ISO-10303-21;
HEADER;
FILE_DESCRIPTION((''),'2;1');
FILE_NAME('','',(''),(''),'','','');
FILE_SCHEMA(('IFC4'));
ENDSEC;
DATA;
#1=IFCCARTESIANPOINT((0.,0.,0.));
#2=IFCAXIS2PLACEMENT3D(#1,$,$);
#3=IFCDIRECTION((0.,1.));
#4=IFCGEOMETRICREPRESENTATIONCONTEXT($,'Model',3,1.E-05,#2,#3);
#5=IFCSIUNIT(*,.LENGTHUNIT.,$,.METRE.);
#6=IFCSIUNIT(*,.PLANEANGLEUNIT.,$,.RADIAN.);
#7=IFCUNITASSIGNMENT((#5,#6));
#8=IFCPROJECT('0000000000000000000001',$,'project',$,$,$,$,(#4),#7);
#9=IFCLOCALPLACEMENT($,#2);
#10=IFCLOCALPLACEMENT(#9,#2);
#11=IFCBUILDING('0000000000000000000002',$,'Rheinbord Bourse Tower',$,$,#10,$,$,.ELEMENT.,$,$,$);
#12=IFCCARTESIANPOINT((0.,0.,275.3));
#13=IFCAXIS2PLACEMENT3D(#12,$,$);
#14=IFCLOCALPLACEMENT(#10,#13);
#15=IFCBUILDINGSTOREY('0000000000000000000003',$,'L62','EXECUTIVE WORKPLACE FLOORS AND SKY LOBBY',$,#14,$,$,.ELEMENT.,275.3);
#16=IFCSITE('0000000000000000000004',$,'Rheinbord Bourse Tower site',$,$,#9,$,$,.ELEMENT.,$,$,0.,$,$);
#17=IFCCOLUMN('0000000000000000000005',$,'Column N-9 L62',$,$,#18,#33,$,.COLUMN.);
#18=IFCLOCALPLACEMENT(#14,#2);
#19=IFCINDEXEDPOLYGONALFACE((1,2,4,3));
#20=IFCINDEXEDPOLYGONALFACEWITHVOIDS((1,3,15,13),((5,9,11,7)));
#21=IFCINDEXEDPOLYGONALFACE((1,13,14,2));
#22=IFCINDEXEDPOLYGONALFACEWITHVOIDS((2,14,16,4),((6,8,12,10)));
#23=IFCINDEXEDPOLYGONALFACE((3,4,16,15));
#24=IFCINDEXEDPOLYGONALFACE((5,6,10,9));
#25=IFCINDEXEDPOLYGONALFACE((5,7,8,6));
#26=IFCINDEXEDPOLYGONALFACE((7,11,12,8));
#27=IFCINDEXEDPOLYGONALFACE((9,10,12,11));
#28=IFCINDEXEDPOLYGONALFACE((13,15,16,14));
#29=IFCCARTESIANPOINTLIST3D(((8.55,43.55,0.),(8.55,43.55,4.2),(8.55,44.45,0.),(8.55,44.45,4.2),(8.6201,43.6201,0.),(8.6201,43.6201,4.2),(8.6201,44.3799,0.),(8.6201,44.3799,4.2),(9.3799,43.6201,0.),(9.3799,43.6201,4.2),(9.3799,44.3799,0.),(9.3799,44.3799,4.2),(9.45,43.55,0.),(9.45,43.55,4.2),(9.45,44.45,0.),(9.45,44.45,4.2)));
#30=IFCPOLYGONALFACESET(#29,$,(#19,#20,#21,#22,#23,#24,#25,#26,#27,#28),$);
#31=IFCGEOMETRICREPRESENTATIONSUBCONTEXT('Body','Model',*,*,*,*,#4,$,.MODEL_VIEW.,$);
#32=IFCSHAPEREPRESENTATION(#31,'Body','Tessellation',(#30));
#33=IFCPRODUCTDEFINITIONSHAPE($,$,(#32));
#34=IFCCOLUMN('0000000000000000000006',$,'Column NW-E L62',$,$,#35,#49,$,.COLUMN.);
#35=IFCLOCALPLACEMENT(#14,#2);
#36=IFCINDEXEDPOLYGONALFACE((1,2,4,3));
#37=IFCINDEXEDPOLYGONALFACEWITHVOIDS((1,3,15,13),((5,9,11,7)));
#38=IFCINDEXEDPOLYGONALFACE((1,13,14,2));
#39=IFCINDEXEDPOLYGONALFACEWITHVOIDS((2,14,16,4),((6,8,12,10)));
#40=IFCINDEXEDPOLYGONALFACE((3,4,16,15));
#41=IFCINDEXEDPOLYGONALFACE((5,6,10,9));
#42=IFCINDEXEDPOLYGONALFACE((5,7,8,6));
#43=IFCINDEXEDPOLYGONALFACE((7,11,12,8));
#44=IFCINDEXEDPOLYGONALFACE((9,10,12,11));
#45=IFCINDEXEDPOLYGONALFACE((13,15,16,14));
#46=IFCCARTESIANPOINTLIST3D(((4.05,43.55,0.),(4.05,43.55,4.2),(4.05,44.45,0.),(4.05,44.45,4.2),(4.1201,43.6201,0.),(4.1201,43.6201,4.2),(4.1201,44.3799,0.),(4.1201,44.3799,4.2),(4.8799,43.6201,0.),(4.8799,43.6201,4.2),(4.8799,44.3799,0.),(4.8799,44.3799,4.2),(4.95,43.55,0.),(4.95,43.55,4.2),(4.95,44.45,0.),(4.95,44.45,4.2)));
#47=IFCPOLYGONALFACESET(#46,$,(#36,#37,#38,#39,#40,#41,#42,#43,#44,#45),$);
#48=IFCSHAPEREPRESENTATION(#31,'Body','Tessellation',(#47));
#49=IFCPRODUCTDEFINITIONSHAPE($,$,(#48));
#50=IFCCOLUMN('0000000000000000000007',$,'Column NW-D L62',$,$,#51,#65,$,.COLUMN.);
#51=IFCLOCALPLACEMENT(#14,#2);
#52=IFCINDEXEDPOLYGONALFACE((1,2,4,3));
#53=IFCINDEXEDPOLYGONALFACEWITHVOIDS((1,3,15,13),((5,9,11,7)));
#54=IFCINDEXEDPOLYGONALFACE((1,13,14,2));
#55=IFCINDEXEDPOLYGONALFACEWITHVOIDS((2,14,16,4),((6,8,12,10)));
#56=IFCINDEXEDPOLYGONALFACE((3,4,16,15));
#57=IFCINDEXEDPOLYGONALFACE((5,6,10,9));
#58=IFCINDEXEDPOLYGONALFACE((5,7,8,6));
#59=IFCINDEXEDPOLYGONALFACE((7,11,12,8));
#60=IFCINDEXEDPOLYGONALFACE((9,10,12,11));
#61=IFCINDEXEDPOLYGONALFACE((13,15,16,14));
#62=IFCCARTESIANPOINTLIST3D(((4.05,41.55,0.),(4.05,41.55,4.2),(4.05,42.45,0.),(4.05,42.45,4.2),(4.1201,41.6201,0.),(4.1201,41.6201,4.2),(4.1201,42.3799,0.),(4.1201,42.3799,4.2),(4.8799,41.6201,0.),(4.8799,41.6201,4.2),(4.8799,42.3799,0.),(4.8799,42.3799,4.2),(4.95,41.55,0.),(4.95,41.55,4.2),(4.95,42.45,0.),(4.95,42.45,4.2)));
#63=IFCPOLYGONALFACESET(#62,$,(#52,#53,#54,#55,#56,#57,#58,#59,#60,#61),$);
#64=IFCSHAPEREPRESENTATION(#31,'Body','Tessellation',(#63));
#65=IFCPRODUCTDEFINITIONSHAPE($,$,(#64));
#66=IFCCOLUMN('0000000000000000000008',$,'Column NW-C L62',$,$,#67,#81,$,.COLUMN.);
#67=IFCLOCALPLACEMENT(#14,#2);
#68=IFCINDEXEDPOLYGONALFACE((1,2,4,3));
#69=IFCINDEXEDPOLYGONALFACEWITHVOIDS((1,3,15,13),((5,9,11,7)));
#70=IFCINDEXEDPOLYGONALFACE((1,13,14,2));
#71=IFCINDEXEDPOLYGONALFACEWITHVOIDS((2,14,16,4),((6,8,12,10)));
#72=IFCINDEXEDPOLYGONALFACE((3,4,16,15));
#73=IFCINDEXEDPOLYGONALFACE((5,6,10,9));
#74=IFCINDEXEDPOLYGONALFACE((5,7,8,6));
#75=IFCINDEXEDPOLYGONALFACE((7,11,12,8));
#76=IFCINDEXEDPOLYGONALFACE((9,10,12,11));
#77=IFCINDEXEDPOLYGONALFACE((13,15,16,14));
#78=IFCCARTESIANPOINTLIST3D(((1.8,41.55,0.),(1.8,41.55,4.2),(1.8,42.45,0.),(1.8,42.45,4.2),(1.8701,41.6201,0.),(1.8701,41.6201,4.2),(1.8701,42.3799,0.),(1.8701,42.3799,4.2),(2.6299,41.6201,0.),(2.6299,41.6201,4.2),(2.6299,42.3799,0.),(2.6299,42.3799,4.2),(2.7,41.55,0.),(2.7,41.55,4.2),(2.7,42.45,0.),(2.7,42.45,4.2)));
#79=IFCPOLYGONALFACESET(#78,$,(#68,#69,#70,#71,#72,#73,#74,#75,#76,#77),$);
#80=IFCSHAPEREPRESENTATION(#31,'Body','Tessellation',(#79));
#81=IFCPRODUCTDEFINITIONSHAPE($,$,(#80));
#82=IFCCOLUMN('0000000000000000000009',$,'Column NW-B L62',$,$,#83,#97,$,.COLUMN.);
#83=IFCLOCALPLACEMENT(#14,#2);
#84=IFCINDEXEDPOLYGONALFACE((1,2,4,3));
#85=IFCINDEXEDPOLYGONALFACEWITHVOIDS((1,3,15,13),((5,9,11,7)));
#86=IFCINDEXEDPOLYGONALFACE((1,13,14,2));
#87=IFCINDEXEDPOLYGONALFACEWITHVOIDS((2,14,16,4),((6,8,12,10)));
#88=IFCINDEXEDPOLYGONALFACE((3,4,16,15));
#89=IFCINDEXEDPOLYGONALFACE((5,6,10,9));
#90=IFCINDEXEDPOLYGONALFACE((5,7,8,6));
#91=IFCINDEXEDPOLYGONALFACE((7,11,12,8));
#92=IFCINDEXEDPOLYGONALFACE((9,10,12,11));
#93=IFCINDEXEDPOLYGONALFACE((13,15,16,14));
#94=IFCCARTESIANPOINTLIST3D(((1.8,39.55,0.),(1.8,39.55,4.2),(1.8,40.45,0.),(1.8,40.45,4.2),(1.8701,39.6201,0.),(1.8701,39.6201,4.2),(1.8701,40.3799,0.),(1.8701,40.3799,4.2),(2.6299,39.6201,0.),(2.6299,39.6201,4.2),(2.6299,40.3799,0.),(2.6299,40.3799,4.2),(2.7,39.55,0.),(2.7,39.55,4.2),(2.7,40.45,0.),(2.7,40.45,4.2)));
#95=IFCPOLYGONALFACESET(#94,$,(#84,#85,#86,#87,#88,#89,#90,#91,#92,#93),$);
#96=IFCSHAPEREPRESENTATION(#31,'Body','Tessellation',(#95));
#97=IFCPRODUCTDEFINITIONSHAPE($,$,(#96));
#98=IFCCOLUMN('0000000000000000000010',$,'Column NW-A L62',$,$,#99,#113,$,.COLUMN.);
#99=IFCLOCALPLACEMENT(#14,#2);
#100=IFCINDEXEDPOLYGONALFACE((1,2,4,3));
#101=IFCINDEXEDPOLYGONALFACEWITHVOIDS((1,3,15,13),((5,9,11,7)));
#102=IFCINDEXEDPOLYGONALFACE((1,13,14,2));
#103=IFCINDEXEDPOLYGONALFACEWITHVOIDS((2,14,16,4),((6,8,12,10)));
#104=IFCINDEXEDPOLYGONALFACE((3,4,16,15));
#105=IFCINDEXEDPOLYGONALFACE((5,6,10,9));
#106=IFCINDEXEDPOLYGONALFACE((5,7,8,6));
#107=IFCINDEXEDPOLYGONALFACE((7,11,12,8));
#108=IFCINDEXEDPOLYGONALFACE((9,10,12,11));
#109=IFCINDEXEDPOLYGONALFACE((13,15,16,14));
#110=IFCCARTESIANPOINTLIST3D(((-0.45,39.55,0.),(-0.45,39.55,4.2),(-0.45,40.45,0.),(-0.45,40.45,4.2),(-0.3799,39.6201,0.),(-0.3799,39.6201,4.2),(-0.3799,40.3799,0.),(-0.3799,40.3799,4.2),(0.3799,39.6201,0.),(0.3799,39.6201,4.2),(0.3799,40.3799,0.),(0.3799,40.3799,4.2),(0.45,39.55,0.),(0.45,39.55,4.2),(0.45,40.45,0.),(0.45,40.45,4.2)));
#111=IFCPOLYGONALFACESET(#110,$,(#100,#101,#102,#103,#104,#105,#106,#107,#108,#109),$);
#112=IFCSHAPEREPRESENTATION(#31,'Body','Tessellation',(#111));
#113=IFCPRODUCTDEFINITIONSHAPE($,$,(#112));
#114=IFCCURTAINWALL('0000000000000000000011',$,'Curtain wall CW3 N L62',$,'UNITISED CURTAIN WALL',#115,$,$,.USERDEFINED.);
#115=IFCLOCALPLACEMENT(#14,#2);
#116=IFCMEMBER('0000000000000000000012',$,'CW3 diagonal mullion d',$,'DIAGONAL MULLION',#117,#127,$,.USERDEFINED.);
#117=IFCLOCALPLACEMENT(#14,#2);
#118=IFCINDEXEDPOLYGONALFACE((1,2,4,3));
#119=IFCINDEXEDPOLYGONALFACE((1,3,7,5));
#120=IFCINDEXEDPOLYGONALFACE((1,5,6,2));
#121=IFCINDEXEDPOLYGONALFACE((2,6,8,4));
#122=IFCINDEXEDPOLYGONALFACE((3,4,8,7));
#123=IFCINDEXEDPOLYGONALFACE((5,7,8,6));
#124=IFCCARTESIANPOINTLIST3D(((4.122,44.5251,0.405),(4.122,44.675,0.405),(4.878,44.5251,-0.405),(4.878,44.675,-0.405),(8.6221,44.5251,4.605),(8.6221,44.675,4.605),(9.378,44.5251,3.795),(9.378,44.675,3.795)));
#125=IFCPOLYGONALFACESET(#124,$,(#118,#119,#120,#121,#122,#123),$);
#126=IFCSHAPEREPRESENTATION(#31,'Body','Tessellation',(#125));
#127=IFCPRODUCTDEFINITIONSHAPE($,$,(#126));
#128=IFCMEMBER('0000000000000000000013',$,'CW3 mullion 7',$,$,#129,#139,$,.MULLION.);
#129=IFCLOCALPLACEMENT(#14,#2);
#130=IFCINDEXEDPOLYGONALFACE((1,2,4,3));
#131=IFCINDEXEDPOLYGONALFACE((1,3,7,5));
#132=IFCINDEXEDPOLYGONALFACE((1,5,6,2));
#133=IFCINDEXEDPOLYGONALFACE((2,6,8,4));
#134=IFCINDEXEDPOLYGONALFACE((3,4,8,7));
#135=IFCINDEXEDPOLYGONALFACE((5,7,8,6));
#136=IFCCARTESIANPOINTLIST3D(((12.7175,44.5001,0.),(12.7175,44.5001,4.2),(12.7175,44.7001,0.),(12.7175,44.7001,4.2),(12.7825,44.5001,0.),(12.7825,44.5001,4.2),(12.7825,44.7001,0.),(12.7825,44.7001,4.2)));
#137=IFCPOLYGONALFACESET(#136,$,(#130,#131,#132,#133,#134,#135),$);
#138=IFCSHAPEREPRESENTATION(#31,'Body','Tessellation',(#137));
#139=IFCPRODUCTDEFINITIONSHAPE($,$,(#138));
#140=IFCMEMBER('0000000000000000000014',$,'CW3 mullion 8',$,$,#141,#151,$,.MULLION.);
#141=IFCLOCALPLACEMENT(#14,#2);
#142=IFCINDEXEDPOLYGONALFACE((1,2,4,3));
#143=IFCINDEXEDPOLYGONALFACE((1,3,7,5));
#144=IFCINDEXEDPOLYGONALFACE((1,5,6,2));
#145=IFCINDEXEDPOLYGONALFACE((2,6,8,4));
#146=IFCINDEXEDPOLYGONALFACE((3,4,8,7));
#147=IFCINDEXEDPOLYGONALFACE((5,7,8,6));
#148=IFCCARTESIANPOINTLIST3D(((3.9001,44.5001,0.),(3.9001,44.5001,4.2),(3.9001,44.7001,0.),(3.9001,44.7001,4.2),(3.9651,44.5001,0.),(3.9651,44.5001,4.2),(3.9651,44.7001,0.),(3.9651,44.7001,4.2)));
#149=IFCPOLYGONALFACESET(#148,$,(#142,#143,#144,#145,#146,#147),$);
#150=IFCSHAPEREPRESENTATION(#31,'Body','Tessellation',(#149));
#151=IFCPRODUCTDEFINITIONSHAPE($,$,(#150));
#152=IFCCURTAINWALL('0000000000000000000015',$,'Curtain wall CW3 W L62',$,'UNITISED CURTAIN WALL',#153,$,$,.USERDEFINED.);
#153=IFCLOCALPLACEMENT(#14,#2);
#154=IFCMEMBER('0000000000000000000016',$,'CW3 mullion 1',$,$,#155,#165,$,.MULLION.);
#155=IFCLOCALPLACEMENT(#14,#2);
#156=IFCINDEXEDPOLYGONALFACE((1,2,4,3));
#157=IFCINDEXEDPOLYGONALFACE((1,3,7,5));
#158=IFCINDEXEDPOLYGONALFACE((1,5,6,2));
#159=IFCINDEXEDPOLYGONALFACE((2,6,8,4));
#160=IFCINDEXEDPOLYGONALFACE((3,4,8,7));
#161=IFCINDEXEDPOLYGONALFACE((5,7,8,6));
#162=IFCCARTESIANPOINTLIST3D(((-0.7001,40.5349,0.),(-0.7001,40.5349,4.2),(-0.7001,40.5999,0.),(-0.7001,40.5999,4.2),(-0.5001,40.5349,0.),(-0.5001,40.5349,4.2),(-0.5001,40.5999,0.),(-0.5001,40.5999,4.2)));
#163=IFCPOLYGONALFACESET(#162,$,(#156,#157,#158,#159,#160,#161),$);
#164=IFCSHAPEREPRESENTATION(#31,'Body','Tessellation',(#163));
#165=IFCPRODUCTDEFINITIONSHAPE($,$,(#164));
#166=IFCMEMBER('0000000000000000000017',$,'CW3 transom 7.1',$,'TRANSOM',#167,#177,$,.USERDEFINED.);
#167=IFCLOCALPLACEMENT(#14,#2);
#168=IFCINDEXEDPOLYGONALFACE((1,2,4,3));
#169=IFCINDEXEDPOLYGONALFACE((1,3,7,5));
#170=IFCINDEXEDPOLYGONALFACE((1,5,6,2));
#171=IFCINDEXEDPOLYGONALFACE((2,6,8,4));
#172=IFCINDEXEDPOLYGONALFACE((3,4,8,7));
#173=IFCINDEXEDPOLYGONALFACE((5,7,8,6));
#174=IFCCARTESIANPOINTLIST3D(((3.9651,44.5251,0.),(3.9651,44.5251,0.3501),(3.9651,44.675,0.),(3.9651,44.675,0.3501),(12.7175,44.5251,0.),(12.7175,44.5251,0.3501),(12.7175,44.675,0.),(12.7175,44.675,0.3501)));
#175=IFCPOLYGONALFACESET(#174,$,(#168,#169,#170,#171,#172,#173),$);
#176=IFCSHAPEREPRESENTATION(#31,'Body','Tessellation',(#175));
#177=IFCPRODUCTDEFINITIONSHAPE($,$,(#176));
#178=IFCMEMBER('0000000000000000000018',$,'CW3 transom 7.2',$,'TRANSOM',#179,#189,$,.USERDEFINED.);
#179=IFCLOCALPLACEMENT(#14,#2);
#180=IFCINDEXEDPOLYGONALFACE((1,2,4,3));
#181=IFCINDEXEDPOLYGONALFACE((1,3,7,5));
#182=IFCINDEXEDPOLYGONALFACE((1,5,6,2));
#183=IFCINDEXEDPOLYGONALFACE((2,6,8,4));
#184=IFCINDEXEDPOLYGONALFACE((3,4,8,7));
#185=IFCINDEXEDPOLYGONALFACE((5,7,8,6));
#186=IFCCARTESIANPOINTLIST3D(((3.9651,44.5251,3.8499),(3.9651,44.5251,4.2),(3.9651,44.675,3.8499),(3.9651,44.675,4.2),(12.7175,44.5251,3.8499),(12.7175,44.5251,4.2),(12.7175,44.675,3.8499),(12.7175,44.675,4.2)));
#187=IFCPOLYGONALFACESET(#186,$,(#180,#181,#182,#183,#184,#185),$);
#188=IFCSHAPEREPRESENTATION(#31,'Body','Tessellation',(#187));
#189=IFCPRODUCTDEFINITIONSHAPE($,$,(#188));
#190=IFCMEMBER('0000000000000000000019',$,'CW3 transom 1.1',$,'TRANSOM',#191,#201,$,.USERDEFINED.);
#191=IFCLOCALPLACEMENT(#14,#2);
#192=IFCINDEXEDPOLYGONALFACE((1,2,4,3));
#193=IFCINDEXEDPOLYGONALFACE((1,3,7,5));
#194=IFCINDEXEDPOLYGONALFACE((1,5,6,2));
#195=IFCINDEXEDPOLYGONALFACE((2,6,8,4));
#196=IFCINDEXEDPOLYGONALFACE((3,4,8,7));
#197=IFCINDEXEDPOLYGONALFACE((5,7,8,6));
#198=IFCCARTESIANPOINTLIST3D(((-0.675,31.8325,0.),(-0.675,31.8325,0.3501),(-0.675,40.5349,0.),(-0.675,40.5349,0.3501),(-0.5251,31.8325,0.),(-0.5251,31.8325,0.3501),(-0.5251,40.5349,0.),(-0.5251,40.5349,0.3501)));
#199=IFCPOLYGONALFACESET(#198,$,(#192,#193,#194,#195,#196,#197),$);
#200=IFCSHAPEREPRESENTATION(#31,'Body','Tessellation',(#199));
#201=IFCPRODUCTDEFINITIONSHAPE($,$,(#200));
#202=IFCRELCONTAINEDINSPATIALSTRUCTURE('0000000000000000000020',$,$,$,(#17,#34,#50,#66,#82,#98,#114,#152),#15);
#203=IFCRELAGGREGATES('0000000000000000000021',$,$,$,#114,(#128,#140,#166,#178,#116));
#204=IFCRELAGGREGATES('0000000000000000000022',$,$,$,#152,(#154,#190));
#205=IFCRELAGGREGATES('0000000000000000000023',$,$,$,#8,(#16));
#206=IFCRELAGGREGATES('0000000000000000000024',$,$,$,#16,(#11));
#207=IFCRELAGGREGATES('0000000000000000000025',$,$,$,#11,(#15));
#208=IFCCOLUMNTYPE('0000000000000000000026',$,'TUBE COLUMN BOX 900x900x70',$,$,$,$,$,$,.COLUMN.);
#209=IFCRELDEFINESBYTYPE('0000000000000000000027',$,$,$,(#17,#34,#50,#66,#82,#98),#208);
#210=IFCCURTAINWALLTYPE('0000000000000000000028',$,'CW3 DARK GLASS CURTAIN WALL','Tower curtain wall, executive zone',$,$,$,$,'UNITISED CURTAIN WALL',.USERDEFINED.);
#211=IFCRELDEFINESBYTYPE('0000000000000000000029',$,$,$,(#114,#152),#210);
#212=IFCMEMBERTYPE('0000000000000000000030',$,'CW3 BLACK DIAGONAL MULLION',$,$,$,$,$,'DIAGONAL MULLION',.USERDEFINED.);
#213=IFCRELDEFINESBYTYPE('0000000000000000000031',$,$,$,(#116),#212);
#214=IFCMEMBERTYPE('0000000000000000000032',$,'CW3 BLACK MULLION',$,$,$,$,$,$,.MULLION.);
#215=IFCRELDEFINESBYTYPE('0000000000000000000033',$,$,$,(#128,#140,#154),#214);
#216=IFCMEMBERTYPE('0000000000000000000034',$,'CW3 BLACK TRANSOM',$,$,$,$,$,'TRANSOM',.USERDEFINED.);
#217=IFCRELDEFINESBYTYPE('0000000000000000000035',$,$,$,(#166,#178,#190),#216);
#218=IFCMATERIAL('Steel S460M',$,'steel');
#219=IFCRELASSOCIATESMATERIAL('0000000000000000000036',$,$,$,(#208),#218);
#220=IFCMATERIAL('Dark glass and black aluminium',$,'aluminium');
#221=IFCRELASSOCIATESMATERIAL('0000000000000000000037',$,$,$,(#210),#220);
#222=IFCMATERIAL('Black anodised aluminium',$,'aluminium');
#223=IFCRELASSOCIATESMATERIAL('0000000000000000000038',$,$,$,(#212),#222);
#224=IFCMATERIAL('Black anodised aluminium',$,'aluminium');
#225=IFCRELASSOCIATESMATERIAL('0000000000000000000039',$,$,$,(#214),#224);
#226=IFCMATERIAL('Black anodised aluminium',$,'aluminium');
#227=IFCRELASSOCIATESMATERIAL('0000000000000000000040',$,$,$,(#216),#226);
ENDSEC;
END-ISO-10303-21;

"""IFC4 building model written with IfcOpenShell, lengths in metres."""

from ifc_helpers import new_model, si_unit, direction, frame, origin, origin_2d, place, context, subcontext, project, spatial, rectangle, hollow_rectangle, extrude, material, material_profile, profile_set, type_object, element, aggregate, save


model = new_model("IFC4")

# Units and contexts
model_context = context("Model", 3, precision=1e-05, world=origin(), true_north=direction((0.0, 1.0)))
body_context = subcontext(model_context, "Body", "Model", "MODEL_VIEW")
ifc_project = project(units=[si_unit("LENGTHUNIT", "METRE"), si_unit("PLANEANGLEUNIT", "RADIAN")], contexts=[model_context])

# Site, building, storey
site_placement = place(None, origin())
site = spatial("IfcSite", under=ifc_project, at=site_placement, Name="Rheinbord Bourse Tower site", CompositionType="ELEMENT", RefElevation=0.0)
building_placement = place(site_placement, origin())
building = spatial("IfcBuilding", under=site, at=building_placement, Name="Rheinbord Bourse Tower", CompositionType="ELEMENT")
storey_placement = place(building_placement, frame((0.0, 0.0, 275.3)))
storey = spatial("IfcBuildingStorey", under=building, at=storey_placement, Name="L62", Description="EXECUTIVE WORKPLACE FLOORS AND SKY LOBBY", CompositionType="ELEMENT", Elevation=275.3)

# Columns
ifc_material_1 = material(Name="Steel S460M", Category="steel")
ifc_material_profile_1 = material_profile(ifc_material_1, hollow_rectangle(XDim=0.8999, YDim=0.8999, WallThickness=0.0701, at=origin_2d()), Name="BOX 900x900x70")
ifc_profile_set_1 = profile_set([ifc_material_profile_1], Name="Steel S460M")
column_type = type_object("IfcColumnType", Name="TUBE COLUMN BOX 900x900x70", PredefinedType="COLUMN", material=ifc_profile_set_1)
for number, where, z_axis, x_axis, name in (
    (1, (9.0, 44.0, 0.0), (0.0, 0.0, 1.0), (0.0, 1.0, 0.0), "Column N-9 L62"),
    (2, (4.5, 44.0, 0.0), (0.0, 0.0, 1.0), (0.0, 1.0, 0.0), "Column NW-E L62"),
    (3, (4.5, 42.0, 0.0), (0.0, 0.0, 1.0), (0.0, 1.0, 0.0), "Column NW-D L62"),
    (4, (2.25, 42.0, 0.0), (0.0, 0.0, 1.0), (1.0, 0.0, 0.0), "Column NW-C L62"),
    (5, (2.25, 40.0, 0.0), (0.0, 0.0, 1.0), (1.0, 0.0, 0.0), "Column NW-B L62"),
    (6, (0.0, 40.0, 0.0), (0.0, 0.0, 1.0), (1.0, 0.0, 0.0), "Column NW-A L62"),
):
    element("IfcColumn", number, at=place(storey_placement, frame(where, z_axis=z_axis, x_axis=x_axis)), inside=storey, type_object=column_type, Name=name, PredefinedType="COLUMN", context=body_context, shape_type="SweptSolid", body=[
        extrude(hollow_rectangle(XDim=0.8999, YDim=0.8999, WallThickness=0.0701, at=origin_2d()), origin(), (0.0, 0.0, 1.0), 4.2),
    ])

# Curtain wall, members
ifc_material_2 = material(Name="Dark glass and black aluminium", Category="aluminium")
curtain_wall_type = type_object("IfcCurtainWallType", Name="CW3 DARK GLASS CURTAIN WALL", Description="Tower curtain wall, executive zone", ElementType="UNITISED CURTAIN WALL", PredefinedType="USERDEFINED", material=ifc_material_2)
curtain_wall_1_placement = place(storey_placement, origin())
curtain_wall_1 = element("IfcCurtainWall", 7, at=curtain_wall_1_placement, inside=storey, type_object=curtain_wall_type, Name="Curtain wall CW3 N L62", ObjectType="UNITISED CURTAIN WALL", PredefinedType="USERDEFINED")
ifc_material_3 = material(Name="Black anodised aluminium", Category="aluminium")
ifc_material_profile_2 = material_profile(ifc_material_3, rectangle(XDim=0.1499, YDim=1.1079, at=origin_2d()), Name="CW3 DIAGONAL MULLION 1108x150")
ifc_profile_set_2 = profile_set([ifc_material_profile_2], Name="Black anodised aluminium")
member_type_1 = type_object("IfcMemberType", Name="CW3 BLACK DIAGONAL MULLION", ElementType="DIAGONAL MULLION", PredefinedType="USERDEFINED", material=ifc_profile_set_2)
member_1_placement = place(storey_placement, frame((4.5, 44.6001, 0.0), z_axis=(0.731059, 0.0, 0.682314), x_axis=(0.0, 1.0, 0.0)))
member_1 = element("IfcMember", 8, at=member_1_placement, type_object=member_type_1, Name="CW3 diagonal mullion d", ObjectType="DIAGONAL MULLION", PredefinedType="USERDEFINED", context=body_context, shape_type="SweptSolid", body=[
    extrude(rectangle(XDim=0.1499, YDim=1.1079, at=origin_2d()), origin(), (0.0, 0.0, 1.0), 6.1555),
])
ifc_material_4 = material(Name="Black anodised aluminium", Category="aluminium")
ifc_material_profile_3 = material_profile(ifc_material_4, rectangle(XDim=0.2, YDim=0.0649, at=origin_2d()), Name="CW3 MULLION 65x200")
ifc_profile_set_3 = profile_set([ifc_material_profile_3], Name="Black anodised aluminium")
member_type_2 = type_object("IfcMemberType", Name="CW3 BLACK MULLION", PredefinedType="MULLION", material=ifc_profile_set_3)
member_2_placement = place(storey_placement, frame((12.75, 44.6001, 0.0), z_axis=(0.0, 0.0, 1.0), x_axis=(0.0, -1.0, 0.0)))
member_2 = element("IfcMember", 9, at=member_2_placement, type_object=member_type_2, Name="CW3 mullion 7", PredefinedType="MULLION", context=body_context, shape_type="SweptSolid", body=[
    extrude(rectangle(XDim=0.2, YDim=0.0649, at=origin_2d()), origin(), (0.0, 0.0, 1.0), 4.2),
])
member_3_placement = place(storey_placement, frame((3.9326, 44.6001, 0.0), z_axis=(0.0, 0.0, 1.0), x_axis=(0.0, -1.0, 0.0)))
member_3 = element("IfcMember", 10, at=member_3_placement, type_object=member_type_2, Name="CW3 mullion 8", PredefinedType="MULLION", context=body_context, shape_type="SweptSolid", body=[
    extrude(rectangle(XDim=0.2, YDim=0.0649, at=origin_2d()), origin(), (0.0, 0.0, 1.0), 4.2),
])

# Curtain wall, member
curtain_wall_2_placement = place(storey_placement, origin())
curtain_wall_2 = element("IfcCurtainWall", 11, at=curtain_wall_2_placement, inside=storey, type_object=curtain_wall_type, Name="Curtain wall CW3 W L62", ObjectType="UNITISED CURTAIN WALL", PredefinedType="USERDEFINED")
member_4_placement = place(storey_placement, frame((-0.6001, 40.5674, 0.0), z_axis=(0.0, 0.0, 1.0), x_axis=(1.0, 0.0, 0.0)))
member_4 = element("IfcMember", 12, at=member_4_placement, type_object=member_type_2, Name="CW3 mullion 1", PredefinedType="MULLION", context=body_context, shape_type="SweptSolid", body=[
    extrude(rectangle(XDim=0.2, YDim=0.0649, at=origin_2d()), origin(), (0.0, 0.0, 1.0), 4.2),
])

# Members
ifc_material_5 = material(Name="Black anodised aluminium", Category="aluminium")
ifc_material_profile_4 = material_profile(ifc_material_5, rectangle(XDim=0.1499, YDim=0.3501, at=origin_2d()), Name="CW3 TRANSOM 350x150")
ifc_profile_set_4 = profile_set([ifc_material_profile_4], Name="Black anodised aluminium")
member_type_3 = type_object("IfcMemberType", Name="CW3 BLACK TRANSOM", ElementType="TRANSOM", PredefinedType="USERDEFINED", material=ifc_profile_set_4)
member_5_placement = place(storey_placement, frame((12.7175, 44.6001, 0.175), z_axis=(-1.0, 0.0, 0.0), x_axis=(0.0, -1.0, 0.0)))
member_5 = element("IfcMember", 13, at=member_5_placement, type_object=member_type_3, Name="CW3 transom 7.1", ObjectType="TRANSOM", PredefinedType="USERDEFINED", context=body_context, shape_type="SweptSolid", body=[
    extrude(rectangle(XDim=0.1499, YDim=0.3501, at=origin_2d()), origin(), (0.0, 0.0, 1.0), 8.7524),
])
member_6_placement = place(storey_placement, frame((12.7175, 44.6001, 4.0249), z_axis=(-1.0, 0.0, 0.0), x_axis=(0.0, -1.0, 0.0)))
member_6 = element("IfcMember", 14, at=member_6_placement, type_object=member_type_3, Name="CW3 transom 7.2", ObjectType="TRANSOM", PredefinedType="USERDEFINED", context=body_context, shape_type="SweptSolid", body=[
    extrude(rectangle(XDim=0.1499, YDim=0.3501, at=origin_2d()), origin(), (0.0, 0.0, 1.0), 8.7524),
])
member_7_placement = place(storey_placement, frame((-0.6001, 40.5349, 0.175), z_axis=(0.0, -1.0, 0.0), x_axis=(1.0, 0.0, 0.0)))
member_7 = element("IfcMember", 15, at=member_7_placement, type_object=member_type_3, Name="CW3 transom 1.1", ObjectType="TRANSOM", PredefinedType="USERDEFINED", context=body_context, shape_type="SweptSolid", body=[
    extrude(rectangle(XDim=0.1499, YDim=0.3501, at=origin_2d()), origin(), (0.0, 0.0, 1.0), 8.7024),
])

aggregate(curtain_wall_1, [member_2, member_3, member_5, member_6, member_1])
aggregate(curtain_wall_2, [member_4, member_7])

save(model, "model.ifc")
